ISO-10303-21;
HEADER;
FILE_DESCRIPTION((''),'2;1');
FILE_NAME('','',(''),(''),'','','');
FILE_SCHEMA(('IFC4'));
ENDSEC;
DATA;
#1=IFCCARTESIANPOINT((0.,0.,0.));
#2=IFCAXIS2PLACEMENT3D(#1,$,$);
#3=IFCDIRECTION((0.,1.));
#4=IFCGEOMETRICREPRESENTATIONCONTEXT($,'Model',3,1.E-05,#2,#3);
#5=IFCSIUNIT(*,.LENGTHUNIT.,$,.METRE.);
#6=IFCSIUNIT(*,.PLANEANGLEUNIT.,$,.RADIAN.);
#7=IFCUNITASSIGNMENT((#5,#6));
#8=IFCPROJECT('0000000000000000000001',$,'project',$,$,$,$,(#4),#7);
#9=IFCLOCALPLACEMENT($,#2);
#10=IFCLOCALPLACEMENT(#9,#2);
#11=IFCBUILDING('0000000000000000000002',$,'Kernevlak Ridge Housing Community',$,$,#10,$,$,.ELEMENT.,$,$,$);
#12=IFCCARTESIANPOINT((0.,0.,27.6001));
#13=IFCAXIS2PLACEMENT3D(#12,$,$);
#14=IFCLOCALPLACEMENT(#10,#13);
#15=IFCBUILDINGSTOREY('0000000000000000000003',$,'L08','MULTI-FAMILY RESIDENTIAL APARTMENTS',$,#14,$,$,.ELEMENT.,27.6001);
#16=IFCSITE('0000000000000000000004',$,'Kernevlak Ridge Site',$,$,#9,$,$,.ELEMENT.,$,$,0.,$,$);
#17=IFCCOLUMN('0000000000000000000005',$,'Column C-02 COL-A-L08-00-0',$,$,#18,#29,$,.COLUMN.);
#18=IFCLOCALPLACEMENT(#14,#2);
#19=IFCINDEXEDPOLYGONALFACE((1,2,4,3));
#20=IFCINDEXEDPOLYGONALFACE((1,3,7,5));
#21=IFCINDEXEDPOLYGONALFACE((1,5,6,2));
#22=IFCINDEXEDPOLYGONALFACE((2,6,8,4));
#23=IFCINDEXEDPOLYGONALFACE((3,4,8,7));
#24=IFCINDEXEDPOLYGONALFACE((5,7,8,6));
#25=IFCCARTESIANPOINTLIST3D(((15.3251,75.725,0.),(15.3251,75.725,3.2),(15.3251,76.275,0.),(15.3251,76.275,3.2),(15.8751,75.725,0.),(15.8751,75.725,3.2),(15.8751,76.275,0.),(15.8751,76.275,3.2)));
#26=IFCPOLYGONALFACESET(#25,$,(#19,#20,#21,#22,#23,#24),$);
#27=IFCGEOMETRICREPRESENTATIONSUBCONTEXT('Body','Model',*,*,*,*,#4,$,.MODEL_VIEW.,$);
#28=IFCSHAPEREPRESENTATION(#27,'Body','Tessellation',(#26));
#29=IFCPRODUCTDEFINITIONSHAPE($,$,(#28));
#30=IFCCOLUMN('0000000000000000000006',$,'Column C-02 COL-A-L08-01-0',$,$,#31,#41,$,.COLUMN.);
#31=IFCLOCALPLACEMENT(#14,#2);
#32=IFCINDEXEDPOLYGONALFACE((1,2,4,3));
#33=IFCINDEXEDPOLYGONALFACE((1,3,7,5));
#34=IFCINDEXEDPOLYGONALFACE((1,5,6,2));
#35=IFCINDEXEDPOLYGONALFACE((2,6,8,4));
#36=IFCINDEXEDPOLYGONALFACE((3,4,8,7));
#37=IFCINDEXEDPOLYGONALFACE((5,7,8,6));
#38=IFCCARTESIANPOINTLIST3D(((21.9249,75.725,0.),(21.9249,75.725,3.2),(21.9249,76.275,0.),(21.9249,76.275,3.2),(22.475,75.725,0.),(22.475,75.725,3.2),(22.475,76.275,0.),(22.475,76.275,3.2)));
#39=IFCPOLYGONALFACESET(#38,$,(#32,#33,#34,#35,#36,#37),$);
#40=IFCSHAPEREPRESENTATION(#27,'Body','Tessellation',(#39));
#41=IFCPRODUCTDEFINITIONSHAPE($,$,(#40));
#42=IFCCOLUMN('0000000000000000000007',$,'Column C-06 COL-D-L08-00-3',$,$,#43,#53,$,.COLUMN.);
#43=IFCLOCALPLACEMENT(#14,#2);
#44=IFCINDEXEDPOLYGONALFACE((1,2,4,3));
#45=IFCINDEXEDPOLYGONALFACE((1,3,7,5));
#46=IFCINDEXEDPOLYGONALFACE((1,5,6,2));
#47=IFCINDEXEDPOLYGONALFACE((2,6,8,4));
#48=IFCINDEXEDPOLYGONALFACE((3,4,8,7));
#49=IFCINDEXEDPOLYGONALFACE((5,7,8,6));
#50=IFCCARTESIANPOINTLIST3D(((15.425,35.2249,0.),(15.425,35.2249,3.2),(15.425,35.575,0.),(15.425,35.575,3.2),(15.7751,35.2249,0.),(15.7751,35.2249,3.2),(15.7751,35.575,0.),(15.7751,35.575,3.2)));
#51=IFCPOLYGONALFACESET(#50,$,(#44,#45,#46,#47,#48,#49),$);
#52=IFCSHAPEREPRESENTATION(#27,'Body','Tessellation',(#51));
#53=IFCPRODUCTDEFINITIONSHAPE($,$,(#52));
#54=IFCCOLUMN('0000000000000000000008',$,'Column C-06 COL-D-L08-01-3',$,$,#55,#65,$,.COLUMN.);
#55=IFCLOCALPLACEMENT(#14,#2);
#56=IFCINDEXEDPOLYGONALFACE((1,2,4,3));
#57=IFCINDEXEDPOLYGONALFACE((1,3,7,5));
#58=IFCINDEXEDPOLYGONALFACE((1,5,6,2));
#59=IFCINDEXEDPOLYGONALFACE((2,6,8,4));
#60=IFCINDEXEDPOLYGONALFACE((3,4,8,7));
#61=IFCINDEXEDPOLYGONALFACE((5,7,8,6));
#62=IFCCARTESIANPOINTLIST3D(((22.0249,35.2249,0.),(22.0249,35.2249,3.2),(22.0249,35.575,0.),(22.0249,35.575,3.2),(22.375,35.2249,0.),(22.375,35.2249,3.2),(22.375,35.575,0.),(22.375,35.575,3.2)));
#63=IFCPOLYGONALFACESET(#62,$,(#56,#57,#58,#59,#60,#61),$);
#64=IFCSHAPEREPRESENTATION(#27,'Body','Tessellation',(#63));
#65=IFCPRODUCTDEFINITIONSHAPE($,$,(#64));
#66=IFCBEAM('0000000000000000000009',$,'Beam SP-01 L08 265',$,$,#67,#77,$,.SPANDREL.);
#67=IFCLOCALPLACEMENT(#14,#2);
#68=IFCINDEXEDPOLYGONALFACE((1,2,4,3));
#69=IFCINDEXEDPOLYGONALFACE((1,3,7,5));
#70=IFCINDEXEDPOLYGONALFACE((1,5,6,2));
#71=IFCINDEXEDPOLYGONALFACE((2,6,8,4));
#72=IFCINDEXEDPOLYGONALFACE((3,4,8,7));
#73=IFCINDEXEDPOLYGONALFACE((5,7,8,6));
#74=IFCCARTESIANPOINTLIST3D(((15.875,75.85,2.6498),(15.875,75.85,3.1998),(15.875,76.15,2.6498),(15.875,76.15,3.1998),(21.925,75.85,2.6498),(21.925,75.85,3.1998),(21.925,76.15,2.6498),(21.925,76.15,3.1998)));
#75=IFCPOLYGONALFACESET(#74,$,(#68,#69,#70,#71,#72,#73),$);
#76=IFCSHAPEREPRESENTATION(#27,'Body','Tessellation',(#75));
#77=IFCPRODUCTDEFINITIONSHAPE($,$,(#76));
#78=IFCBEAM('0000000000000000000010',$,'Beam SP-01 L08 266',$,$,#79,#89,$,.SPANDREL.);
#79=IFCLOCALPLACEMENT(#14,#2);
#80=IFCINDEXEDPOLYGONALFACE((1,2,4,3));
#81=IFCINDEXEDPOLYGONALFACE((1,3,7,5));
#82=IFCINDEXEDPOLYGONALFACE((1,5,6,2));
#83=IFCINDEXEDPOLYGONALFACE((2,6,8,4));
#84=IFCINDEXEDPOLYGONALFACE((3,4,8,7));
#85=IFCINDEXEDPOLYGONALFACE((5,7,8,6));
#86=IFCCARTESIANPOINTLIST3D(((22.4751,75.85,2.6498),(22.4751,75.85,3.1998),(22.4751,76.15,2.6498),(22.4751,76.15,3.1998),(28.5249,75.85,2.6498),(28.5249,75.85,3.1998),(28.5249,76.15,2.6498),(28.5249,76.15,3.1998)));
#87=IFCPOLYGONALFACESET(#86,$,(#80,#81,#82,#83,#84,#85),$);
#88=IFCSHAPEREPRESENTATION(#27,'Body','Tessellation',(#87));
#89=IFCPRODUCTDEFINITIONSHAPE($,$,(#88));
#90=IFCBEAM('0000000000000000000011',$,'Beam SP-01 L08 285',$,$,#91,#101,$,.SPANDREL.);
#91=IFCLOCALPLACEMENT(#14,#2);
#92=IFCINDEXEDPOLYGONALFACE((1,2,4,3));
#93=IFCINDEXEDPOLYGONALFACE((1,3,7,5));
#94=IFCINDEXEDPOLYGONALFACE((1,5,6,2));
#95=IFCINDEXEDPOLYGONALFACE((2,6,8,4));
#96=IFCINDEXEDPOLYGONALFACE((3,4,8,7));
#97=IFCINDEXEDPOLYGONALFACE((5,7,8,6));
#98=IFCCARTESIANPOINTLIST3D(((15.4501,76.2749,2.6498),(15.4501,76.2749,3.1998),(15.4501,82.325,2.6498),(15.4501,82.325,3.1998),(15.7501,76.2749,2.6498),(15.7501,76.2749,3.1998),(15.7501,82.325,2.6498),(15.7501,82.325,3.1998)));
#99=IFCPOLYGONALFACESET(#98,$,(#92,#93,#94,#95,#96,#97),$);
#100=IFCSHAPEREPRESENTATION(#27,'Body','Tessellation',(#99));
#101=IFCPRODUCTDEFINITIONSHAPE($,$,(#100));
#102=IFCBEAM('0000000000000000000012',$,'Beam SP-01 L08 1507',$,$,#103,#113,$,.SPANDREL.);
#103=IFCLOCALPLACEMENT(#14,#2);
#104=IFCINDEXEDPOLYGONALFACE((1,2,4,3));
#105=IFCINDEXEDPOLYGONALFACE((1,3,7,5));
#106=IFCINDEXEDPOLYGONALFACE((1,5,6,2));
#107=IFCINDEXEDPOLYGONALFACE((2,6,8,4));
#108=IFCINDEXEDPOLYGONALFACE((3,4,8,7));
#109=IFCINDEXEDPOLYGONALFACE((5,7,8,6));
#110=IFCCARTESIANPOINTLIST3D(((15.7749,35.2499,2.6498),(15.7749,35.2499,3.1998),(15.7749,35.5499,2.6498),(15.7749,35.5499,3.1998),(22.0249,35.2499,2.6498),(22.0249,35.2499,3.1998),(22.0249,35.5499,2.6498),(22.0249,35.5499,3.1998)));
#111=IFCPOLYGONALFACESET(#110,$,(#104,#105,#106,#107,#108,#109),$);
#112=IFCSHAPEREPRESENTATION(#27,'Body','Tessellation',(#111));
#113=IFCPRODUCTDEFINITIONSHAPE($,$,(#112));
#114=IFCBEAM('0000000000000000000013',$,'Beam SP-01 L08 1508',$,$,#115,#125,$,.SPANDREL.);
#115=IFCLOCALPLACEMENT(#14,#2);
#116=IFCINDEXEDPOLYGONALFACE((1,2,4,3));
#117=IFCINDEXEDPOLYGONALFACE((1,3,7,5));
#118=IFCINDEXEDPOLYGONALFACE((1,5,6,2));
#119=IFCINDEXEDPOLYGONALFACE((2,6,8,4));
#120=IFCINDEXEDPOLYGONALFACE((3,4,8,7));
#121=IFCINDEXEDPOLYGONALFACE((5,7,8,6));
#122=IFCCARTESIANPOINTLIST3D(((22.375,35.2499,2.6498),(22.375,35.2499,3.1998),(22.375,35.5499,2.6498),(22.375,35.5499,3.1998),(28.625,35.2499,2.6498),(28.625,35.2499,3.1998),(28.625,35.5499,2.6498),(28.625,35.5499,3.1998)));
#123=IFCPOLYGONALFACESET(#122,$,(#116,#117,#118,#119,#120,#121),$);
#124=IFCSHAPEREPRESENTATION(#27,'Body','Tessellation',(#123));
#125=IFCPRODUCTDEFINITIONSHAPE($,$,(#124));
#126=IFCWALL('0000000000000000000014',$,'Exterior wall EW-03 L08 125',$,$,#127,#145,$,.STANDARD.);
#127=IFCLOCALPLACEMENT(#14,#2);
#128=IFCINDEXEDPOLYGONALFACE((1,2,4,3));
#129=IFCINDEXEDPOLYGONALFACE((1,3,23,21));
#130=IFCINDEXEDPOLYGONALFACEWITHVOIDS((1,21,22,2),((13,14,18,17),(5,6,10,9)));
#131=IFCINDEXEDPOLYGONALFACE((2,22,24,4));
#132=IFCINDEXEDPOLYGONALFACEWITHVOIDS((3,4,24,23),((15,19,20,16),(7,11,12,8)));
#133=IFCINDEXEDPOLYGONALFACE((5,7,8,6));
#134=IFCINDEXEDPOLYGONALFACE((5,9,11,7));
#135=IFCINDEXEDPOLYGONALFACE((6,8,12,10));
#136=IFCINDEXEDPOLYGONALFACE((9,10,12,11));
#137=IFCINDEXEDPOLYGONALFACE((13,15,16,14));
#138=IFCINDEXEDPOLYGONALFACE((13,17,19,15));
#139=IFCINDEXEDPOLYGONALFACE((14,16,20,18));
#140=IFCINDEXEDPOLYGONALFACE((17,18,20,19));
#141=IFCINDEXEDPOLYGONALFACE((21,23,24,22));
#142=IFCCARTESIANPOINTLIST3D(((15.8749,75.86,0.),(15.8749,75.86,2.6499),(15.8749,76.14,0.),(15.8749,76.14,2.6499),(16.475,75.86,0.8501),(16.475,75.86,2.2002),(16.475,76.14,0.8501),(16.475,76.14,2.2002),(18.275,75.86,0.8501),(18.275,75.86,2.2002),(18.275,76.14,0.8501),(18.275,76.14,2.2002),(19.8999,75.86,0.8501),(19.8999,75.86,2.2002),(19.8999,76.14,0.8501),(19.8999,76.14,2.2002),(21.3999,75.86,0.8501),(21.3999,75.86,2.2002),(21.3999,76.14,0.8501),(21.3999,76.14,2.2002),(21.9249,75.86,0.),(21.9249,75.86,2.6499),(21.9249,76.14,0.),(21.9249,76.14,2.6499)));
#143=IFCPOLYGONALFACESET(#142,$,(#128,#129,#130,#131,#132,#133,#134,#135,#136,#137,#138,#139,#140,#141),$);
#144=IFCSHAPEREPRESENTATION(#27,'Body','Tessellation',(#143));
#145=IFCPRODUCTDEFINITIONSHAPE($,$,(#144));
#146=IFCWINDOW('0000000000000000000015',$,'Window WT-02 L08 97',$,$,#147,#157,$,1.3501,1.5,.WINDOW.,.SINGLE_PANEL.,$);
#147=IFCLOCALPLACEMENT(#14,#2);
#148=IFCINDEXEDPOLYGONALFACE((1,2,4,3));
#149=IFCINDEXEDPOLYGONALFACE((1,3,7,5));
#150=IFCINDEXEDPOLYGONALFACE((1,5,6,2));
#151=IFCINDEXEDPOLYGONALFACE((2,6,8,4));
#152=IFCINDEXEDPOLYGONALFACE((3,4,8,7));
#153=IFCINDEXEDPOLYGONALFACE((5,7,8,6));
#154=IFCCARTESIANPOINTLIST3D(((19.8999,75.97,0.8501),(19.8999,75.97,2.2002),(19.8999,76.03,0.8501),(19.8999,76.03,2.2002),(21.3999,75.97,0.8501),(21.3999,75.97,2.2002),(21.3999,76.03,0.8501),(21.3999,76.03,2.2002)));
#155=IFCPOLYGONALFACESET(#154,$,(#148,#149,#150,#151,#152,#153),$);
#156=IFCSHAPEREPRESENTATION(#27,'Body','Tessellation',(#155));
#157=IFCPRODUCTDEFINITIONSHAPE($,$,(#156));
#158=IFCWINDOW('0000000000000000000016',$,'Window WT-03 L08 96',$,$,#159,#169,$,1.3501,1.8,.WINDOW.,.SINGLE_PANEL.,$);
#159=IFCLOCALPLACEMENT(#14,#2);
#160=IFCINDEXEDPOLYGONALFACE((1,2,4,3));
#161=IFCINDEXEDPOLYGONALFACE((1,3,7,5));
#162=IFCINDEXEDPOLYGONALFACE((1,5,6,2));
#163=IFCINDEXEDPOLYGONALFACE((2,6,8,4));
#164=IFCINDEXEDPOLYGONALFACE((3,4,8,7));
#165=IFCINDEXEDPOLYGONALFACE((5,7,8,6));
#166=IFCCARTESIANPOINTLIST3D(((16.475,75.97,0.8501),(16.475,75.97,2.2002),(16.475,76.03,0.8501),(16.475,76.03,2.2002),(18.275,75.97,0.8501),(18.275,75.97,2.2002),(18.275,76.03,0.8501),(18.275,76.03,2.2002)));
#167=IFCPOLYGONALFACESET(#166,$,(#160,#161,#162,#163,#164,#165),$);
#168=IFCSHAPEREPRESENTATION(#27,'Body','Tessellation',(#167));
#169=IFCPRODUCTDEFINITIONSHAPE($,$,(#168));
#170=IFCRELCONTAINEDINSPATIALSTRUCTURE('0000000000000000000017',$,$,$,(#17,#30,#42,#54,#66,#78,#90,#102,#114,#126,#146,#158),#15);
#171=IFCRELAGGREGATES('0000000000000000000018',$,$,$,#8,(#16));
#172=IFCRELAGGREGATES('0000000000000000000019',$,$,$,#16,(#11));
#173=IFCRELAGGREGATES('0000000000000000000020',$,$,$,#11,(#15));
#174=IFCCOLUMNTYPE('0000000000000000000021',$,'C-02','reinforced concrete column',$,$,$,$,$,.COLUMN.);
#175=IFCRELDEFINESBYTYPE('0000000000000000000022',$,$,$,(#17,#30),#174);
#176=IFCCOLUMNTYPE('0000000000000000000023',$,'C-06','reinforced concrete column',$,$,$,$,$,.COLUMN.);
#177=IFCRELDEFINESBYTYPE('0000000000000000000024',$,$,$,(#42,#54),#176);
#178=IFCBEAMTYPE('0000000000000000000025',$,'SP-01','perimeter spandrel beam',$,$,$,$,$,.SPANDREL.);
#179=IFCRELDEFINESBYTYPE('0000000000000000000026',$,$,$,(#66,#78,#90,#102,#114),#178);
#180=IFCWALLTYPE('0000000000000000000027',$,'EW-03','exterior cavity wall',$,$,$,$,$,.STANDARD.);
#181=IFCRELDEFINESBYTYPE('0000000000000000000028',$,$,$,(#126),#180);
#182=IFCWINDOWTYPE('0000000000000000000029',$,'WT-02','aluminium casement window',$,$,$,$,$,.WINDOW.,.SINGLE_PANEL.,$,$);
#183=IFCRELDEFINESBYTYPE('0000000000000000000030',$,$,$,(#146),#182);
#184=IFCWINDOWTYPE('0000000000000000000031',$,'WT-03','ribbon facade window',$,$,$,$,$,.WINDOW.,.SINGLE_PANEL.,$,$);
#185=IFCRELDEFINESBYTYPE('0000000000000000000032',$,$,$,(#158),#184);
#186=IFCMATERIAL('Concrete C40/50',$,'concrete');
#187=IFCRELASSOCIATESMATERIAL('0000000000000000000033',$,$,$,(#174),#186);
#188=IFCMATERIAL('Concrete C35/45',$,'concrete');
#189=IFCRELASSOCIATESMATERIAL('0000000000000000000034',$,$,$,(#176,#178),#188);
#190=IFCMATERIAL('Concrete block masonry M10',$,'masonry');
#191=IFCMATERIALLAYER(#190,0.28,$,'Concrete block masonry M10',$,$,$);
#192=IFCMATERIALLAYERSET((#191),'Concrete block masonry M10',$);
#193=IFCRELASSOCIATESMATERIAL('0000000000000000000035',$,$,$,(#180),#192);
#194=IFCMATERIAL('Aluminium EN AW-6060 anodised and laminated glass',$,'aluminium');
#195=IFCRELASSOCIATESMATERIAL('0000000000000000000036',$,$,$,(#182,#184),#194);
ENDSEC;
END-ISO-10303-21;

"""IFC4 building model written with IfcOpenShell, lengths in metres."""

from ifc_helpers import new_model, si_unit, direction, frame, frame_2d, origin, origin_2d, place, context, subcontext, project, spatial, rectangle, extrude, material, layer, layer_set, material_profile, profile_set, type_object, element, fill, save


model = new_model("IFC4")

# Units and contexts
model_context = context("Model", 3, precision=1e-05, world=origin(), true_north=direction((0.0, 1.0)))
body_context = subcontext(model_context, "Body", "Model", "MODEL_VIEW")
ifc_project = project(units=[si_unit("LENGTHUNIT", "METRE"), si_unit("PLANEANGLEUNIT", "RADIAN")], contexts=[model_context])

# Site, building, storey
site_placement = place(None, origin())
site = spatial("IfcSite", under=ifc_project, at=site_placement, Name="Kernevlak Ridge Site", CompositionType="ELEMENT", RefElevation=0.0)
building_placement = place(site_placement, origin())
building = spatial("IfcBuilding", under=site, at=building_placement, Name="Kernevlak Ridge Housing Community", CompositionType="ELEMENT")
storey_placement = place(building_placement, frame((0.0, 0.0, 27.6001)))
storey = spatial("IfcBuildingStorey", under=building, at=storey_placement, Name="L08", Description="MULTI-FAMILY RESIDENTIAL APARTMENTS", CompositionType="ELEMENT", Elevation=27.6001)

# Columns
ifc_material_1 = material(Name="Concrete C40/50", Category="concrete")
ifc_material_profile_1 = material_profile(ifc_material_1, rectangle(XDim=0.55, YDim=0.55, at=origin_2d()), Name="RC 550x550")
ifc_profile_set_1 = profile_set([ifc_material_profile_1], Name="Concrete C40/50")
column_type_1 = type_object("IfcColumnType", Name="C-02", Description="reinforced concrete column", PredefinedType="COLUMN", material=ifc_profile_set_1)
for number, where, z_axis, x_axis, name in (
    (1, (15.6001, 76.0, 0.0), (0.0, 0.0, 1.0), (1.0, 0.0, 0.0), "Column C-02 COL-A-L08-00-0"),
    (2, (22.2, 76.0, 0.0), (0.0, 0.0, 1.0), (1.0, 0.0, 0.0), "Column C-02 COL-A-L08-01-0"),
):
    element("IfcColumn", number, at=place(storey_placement, frame(where, z_axis=z_axis, x_axis=x_axis)), inside=storey, type_object=column_type_1, Name=name, PredefinedType="COLUMN", context=body_context, shape_type="SweptSolid", body=[
        extrude(rectangle(XDim=0.55, YDim=0.55, at=origin_2d()), origin(), (0.0, 0.0, 1.0), 3.2),
    ])
ifc_material_2 = material(Name="Concrete C35/45", Category="concrete")
ifc_material_profile_2 = material_profile(ifc_material_2, rectangle(XDim=0.3501, YDim=0.3501, at=origin_2d()), Name="RC 350x350")
ifc_profile_set_2 = profile_set([ifc_material_profile_2], Name="Concrete C35/45")
column_type_2 = type_object("IfcColumnType", Name="C-06", Description="reinforced concrete column", PredefinedType="COLUMN", material=ifc_profile_set_2)
for number, where, z_axis, x_axis, name in (
    (3, (15.6001, 35.3999, 0.0), (0.0, 0.0, 1.0), (1.0, 0.0, 0.0), "Column C-06 COL-D-L08-00-3"),
    (4, (22.2, 35.3999, 0.0), (0.0, 0.0, 1.0), (1.0, 0.0, 0.0), "Column C-06 COL-D-L08-01-3"),
):
    element("IfcColumn", number, at=place(storey_placement, frame(where, z_axis=z_axis, x_axis=x_axis)), inside=storey, type_object=column_type_2, Name=name, PredefinedType="COLUMN", context=body_context, shape_type="SweptSolid", body=[
        extrude(rectangle(XDim=0.3501, YDim=0.3501, at=origin_2d()), origin(), (0.0, 0.0, 1.0), 3.2),
    ])

# Beams
ifc_material_profile_3 = material_profile(ifc_material_2, rectangle(XDim=0.3, YDim=0.55, at=origin_2d()), Name="RC 300x550")
ifc_profile_set_3 = profile_set([ifc_material_profile_3], Name="Concrete C35/45")
beam_type = type_object("IfcBeamType", Name="SP-01", Description="perimeter spandrel beam", PredefinedType="SPANDREL", material=ifc_profile_set_3)
beam_1_placement = place(storey_placement, frame((15.875, 76.0, 2.9248), z_axis=(1.0, 0.0, 0.0), x_axis=(0.0, 1.0, 0.0)))
element("IfcBeam", 5, at=beam_1_placement, inside=storey, type_object=beam_type, Name="Beam SP-01 L08 265", PredefinedType="SPANDREL", context=body_context, shape_type="SweptSolid", body=[
    extrude(rectangle(XDim=0.3, YDim=0.55, at=origin_2d()), origin(), (0.0, 0.0, 1.0), 6.05),
])
beam_2_placement = place(storey_placement, frame((22.4751, 76.0, 2.9248), z_axis=(1.0, 0.0, 0.0), x_axis=(0.0, 1.0, 0.0)))
element("IfcBeam", 6, at=beam_2_placement, inside=storey, type_object=beam_type, Name="Beam SP-01 L08 266", PredefinedType="SPANDREL", context=body_context, shape_type="SweptSolid", body=[
    extrude(rectangle(XDim=0.3, YDim=0.55, at=origin_2d()), origin(), (0.0, 0.0, 1.0), 6.0498),
])
beam_3_placement = place(storey_placement, frame((15.6001, 76.2749, 2.9248), z_axis=(0.0, 1.0, 0.0), x_axis=(-1.0, 0.0, 0.0)))
element("IfcBeam", 7, at=beam_3_placement, inside=storey, type_object=beam_type, Name="Beam SP-01 L08 285", PredefinedType="SPANDREL", context=body_context, shape_type="SweptSolid", body=[
    extrude(rectangle(XDim=0.3, YDim=0.55, at=origin_2d()), origin(), (0.0, 0.0, 1.0), 6.05),
])
for number, where, z_axis, x_axis, name in (
    (8, (15.7749, 35.3999, 2.9248), (1.0, 0.0, 0.0), (0.0, 1.0, 0.0), "Beam SP-01 L08 1507"),
    (9, (22.375, 35.3999, 2.9248), (1.0, 0.0, 0.0), (0.0, 1.0, 0.0), "Beam SP-01 L08 1508"),
):
    element("IfcBeam", number, at=place(storey_placement, frame(where, z_axis=z_axis, x_axis=x_axis)), inside=storey, type_object=beam_type, Name=name, PredefinedType="SPANDREL", context=body_context, shape_type="SweptSolid", body=[
        extrude(rectangle(XDim=0.3, YDim=0.55, at=origin_2d()), origin(), (0.0, 0.0, 1.0), 6.25),
    ])

# Wall, openings, windows
ifc_material_3 = material(Name="Concrete block masonry M10", Category="masonry")
ifc_layer_1 = layer(ifc_material_3, 0.28, Name="Concrete block masonry M10")
ifc_layer_set_1 = layer_set([ifc_layer_1], Name="Concrete block masonry M10")
wall_type_1 = type_object("IfcWallType", Name="EW-03", Description="exterior cavity wall", PredefinedType="STANDARD", material=ifc_layer_set_1)
wall_1_placement = place(storey_placement, frame((15.875, 76.0, 0.0), z_axis=(0.0, 0.0, 1.0), x_axis=(1.0, 0.0, 0.0)))
wall_1 = element("IfcWall", 10, at=wall_1_placement, inside=storey, type_object=wall_type_1, Name="Exterior wall EW-03 L08 125", PredefinedType="STANDARD", context=body_context, shape_type="SweptSolid", body=[
    extrude(rectangle(XDim=6.05, YDim=0.28, at=frame_2d((3.0249, 0.0))), origin(), (0.0, 0.0, 1.0), 2.6499),
])
opening_1_placement = place(wall_1_placement, frame((0.6001, 0.0, 0.8501)))
opening_1 = element("IfcOpeningElement", 11, at=opening_1_placement, cuts=wall_1, PredefinedType="OPENING", context=body_context, shape_type="SweptSolid", body=[
    extrude(rectangle(XDim=1.8, YDim=1.3501, at=frame_2d((0.8999, 0.675))), frame((0.0, 0.1499, 0.0), z_axis=(0.0, -1.0, 0.0), x_axis=(1.0, 0.0, 0.0)), (0.0, 0.0, 1.0), 0.3),
])
opening_2_placement = place(wall_1_placement, frame((4.0249, 0.0, 0.8501)))
opening_2 = element("IfcOpeningElement", 12, at=opening_2_placement, cuts=wall_1, PredefinedType="OPENING", context=body_context, shape_type="SweptSolid", body=[
    extrude(rectangle(XDim=1.5, YDim=1.3501, at=frame_2d((0.75, 0.675))), frame((0.0, 0.1499, 0.0), z_axis=(0.0, -1.0, 0.0), x_axis=(1.0, 0.0, 0.0)), (0.0, 0.0, 1.0), 0.3),
])
ifc_material_4 = material(Name="Aluminium EN AW-6060 anodised and laminated glass", Category="aluminium")
window_type_1 = type_object("IfcWindowType", Name="WT-02", Description="aluminium casement window", PartitioningType="SINGLE_PANEL", PredefinedType="WINDOW", material=ifc_material_4)
window_1_placement = place(opening_2_placement, origin())
window_1 = element("IfcWindow", 13, at=window_1_placement, inside=storey, type_object=window_type_1, Name="Window WT-02 L08 97", OverallHeight=1.3501, OverallWidth=1.5, PartitioningType="SINGLE_PANEL", PredefinedType="WINDOW", context=body_context, shape_type="SweptSolid", body=[
    extrude(rectangle(XDim=1.5, YDim=1.3501, at=frame_2d((0.75, 0.675))), frame((0.0, 0.03, 0.0), z_axis=(0.0, -1.0, 0.0), x_axis=(1.0, 0.0, 0.0)), (0.0, 0.0, 1.0), 0.0601),
])
fill(opening_2, window_1)
window_type_2 = type_object("IfcWindowType", Name="WT-03", Description="ribbon facade window", PartitioningType="SINGLE_PANEL", PredefinedType="WINDOW", material=ifc_material_4)
window_2_placement = place(opening_1_placement, origin())
window_2 = element("IfcWindow", 14, at=window_2_placement, inside=storey, type_object=window_type_2, Name="Window WT-03 L08 96", OverallHeight=1.3501, OverallWidth=1.8, PartitioningType="SINGLE_PANEL", PredefinedType="WINDOW", context=body_context, shape_type="SweptSolid", body=[
    extrude(rectangle(XDim=1.8, YDim=1.3501, at=frame_2d((0.8999, 0.675))), frame((0.0, 0.03, 0.0), z_axis=(0.0, -1.0, 0.0), x_axis=(1.0, 0.0, 0.0)), (0.0, 0.0, 1.0), 0.0601),
])
fill(opening_1, window_2)

save(model, "model.ifc")
